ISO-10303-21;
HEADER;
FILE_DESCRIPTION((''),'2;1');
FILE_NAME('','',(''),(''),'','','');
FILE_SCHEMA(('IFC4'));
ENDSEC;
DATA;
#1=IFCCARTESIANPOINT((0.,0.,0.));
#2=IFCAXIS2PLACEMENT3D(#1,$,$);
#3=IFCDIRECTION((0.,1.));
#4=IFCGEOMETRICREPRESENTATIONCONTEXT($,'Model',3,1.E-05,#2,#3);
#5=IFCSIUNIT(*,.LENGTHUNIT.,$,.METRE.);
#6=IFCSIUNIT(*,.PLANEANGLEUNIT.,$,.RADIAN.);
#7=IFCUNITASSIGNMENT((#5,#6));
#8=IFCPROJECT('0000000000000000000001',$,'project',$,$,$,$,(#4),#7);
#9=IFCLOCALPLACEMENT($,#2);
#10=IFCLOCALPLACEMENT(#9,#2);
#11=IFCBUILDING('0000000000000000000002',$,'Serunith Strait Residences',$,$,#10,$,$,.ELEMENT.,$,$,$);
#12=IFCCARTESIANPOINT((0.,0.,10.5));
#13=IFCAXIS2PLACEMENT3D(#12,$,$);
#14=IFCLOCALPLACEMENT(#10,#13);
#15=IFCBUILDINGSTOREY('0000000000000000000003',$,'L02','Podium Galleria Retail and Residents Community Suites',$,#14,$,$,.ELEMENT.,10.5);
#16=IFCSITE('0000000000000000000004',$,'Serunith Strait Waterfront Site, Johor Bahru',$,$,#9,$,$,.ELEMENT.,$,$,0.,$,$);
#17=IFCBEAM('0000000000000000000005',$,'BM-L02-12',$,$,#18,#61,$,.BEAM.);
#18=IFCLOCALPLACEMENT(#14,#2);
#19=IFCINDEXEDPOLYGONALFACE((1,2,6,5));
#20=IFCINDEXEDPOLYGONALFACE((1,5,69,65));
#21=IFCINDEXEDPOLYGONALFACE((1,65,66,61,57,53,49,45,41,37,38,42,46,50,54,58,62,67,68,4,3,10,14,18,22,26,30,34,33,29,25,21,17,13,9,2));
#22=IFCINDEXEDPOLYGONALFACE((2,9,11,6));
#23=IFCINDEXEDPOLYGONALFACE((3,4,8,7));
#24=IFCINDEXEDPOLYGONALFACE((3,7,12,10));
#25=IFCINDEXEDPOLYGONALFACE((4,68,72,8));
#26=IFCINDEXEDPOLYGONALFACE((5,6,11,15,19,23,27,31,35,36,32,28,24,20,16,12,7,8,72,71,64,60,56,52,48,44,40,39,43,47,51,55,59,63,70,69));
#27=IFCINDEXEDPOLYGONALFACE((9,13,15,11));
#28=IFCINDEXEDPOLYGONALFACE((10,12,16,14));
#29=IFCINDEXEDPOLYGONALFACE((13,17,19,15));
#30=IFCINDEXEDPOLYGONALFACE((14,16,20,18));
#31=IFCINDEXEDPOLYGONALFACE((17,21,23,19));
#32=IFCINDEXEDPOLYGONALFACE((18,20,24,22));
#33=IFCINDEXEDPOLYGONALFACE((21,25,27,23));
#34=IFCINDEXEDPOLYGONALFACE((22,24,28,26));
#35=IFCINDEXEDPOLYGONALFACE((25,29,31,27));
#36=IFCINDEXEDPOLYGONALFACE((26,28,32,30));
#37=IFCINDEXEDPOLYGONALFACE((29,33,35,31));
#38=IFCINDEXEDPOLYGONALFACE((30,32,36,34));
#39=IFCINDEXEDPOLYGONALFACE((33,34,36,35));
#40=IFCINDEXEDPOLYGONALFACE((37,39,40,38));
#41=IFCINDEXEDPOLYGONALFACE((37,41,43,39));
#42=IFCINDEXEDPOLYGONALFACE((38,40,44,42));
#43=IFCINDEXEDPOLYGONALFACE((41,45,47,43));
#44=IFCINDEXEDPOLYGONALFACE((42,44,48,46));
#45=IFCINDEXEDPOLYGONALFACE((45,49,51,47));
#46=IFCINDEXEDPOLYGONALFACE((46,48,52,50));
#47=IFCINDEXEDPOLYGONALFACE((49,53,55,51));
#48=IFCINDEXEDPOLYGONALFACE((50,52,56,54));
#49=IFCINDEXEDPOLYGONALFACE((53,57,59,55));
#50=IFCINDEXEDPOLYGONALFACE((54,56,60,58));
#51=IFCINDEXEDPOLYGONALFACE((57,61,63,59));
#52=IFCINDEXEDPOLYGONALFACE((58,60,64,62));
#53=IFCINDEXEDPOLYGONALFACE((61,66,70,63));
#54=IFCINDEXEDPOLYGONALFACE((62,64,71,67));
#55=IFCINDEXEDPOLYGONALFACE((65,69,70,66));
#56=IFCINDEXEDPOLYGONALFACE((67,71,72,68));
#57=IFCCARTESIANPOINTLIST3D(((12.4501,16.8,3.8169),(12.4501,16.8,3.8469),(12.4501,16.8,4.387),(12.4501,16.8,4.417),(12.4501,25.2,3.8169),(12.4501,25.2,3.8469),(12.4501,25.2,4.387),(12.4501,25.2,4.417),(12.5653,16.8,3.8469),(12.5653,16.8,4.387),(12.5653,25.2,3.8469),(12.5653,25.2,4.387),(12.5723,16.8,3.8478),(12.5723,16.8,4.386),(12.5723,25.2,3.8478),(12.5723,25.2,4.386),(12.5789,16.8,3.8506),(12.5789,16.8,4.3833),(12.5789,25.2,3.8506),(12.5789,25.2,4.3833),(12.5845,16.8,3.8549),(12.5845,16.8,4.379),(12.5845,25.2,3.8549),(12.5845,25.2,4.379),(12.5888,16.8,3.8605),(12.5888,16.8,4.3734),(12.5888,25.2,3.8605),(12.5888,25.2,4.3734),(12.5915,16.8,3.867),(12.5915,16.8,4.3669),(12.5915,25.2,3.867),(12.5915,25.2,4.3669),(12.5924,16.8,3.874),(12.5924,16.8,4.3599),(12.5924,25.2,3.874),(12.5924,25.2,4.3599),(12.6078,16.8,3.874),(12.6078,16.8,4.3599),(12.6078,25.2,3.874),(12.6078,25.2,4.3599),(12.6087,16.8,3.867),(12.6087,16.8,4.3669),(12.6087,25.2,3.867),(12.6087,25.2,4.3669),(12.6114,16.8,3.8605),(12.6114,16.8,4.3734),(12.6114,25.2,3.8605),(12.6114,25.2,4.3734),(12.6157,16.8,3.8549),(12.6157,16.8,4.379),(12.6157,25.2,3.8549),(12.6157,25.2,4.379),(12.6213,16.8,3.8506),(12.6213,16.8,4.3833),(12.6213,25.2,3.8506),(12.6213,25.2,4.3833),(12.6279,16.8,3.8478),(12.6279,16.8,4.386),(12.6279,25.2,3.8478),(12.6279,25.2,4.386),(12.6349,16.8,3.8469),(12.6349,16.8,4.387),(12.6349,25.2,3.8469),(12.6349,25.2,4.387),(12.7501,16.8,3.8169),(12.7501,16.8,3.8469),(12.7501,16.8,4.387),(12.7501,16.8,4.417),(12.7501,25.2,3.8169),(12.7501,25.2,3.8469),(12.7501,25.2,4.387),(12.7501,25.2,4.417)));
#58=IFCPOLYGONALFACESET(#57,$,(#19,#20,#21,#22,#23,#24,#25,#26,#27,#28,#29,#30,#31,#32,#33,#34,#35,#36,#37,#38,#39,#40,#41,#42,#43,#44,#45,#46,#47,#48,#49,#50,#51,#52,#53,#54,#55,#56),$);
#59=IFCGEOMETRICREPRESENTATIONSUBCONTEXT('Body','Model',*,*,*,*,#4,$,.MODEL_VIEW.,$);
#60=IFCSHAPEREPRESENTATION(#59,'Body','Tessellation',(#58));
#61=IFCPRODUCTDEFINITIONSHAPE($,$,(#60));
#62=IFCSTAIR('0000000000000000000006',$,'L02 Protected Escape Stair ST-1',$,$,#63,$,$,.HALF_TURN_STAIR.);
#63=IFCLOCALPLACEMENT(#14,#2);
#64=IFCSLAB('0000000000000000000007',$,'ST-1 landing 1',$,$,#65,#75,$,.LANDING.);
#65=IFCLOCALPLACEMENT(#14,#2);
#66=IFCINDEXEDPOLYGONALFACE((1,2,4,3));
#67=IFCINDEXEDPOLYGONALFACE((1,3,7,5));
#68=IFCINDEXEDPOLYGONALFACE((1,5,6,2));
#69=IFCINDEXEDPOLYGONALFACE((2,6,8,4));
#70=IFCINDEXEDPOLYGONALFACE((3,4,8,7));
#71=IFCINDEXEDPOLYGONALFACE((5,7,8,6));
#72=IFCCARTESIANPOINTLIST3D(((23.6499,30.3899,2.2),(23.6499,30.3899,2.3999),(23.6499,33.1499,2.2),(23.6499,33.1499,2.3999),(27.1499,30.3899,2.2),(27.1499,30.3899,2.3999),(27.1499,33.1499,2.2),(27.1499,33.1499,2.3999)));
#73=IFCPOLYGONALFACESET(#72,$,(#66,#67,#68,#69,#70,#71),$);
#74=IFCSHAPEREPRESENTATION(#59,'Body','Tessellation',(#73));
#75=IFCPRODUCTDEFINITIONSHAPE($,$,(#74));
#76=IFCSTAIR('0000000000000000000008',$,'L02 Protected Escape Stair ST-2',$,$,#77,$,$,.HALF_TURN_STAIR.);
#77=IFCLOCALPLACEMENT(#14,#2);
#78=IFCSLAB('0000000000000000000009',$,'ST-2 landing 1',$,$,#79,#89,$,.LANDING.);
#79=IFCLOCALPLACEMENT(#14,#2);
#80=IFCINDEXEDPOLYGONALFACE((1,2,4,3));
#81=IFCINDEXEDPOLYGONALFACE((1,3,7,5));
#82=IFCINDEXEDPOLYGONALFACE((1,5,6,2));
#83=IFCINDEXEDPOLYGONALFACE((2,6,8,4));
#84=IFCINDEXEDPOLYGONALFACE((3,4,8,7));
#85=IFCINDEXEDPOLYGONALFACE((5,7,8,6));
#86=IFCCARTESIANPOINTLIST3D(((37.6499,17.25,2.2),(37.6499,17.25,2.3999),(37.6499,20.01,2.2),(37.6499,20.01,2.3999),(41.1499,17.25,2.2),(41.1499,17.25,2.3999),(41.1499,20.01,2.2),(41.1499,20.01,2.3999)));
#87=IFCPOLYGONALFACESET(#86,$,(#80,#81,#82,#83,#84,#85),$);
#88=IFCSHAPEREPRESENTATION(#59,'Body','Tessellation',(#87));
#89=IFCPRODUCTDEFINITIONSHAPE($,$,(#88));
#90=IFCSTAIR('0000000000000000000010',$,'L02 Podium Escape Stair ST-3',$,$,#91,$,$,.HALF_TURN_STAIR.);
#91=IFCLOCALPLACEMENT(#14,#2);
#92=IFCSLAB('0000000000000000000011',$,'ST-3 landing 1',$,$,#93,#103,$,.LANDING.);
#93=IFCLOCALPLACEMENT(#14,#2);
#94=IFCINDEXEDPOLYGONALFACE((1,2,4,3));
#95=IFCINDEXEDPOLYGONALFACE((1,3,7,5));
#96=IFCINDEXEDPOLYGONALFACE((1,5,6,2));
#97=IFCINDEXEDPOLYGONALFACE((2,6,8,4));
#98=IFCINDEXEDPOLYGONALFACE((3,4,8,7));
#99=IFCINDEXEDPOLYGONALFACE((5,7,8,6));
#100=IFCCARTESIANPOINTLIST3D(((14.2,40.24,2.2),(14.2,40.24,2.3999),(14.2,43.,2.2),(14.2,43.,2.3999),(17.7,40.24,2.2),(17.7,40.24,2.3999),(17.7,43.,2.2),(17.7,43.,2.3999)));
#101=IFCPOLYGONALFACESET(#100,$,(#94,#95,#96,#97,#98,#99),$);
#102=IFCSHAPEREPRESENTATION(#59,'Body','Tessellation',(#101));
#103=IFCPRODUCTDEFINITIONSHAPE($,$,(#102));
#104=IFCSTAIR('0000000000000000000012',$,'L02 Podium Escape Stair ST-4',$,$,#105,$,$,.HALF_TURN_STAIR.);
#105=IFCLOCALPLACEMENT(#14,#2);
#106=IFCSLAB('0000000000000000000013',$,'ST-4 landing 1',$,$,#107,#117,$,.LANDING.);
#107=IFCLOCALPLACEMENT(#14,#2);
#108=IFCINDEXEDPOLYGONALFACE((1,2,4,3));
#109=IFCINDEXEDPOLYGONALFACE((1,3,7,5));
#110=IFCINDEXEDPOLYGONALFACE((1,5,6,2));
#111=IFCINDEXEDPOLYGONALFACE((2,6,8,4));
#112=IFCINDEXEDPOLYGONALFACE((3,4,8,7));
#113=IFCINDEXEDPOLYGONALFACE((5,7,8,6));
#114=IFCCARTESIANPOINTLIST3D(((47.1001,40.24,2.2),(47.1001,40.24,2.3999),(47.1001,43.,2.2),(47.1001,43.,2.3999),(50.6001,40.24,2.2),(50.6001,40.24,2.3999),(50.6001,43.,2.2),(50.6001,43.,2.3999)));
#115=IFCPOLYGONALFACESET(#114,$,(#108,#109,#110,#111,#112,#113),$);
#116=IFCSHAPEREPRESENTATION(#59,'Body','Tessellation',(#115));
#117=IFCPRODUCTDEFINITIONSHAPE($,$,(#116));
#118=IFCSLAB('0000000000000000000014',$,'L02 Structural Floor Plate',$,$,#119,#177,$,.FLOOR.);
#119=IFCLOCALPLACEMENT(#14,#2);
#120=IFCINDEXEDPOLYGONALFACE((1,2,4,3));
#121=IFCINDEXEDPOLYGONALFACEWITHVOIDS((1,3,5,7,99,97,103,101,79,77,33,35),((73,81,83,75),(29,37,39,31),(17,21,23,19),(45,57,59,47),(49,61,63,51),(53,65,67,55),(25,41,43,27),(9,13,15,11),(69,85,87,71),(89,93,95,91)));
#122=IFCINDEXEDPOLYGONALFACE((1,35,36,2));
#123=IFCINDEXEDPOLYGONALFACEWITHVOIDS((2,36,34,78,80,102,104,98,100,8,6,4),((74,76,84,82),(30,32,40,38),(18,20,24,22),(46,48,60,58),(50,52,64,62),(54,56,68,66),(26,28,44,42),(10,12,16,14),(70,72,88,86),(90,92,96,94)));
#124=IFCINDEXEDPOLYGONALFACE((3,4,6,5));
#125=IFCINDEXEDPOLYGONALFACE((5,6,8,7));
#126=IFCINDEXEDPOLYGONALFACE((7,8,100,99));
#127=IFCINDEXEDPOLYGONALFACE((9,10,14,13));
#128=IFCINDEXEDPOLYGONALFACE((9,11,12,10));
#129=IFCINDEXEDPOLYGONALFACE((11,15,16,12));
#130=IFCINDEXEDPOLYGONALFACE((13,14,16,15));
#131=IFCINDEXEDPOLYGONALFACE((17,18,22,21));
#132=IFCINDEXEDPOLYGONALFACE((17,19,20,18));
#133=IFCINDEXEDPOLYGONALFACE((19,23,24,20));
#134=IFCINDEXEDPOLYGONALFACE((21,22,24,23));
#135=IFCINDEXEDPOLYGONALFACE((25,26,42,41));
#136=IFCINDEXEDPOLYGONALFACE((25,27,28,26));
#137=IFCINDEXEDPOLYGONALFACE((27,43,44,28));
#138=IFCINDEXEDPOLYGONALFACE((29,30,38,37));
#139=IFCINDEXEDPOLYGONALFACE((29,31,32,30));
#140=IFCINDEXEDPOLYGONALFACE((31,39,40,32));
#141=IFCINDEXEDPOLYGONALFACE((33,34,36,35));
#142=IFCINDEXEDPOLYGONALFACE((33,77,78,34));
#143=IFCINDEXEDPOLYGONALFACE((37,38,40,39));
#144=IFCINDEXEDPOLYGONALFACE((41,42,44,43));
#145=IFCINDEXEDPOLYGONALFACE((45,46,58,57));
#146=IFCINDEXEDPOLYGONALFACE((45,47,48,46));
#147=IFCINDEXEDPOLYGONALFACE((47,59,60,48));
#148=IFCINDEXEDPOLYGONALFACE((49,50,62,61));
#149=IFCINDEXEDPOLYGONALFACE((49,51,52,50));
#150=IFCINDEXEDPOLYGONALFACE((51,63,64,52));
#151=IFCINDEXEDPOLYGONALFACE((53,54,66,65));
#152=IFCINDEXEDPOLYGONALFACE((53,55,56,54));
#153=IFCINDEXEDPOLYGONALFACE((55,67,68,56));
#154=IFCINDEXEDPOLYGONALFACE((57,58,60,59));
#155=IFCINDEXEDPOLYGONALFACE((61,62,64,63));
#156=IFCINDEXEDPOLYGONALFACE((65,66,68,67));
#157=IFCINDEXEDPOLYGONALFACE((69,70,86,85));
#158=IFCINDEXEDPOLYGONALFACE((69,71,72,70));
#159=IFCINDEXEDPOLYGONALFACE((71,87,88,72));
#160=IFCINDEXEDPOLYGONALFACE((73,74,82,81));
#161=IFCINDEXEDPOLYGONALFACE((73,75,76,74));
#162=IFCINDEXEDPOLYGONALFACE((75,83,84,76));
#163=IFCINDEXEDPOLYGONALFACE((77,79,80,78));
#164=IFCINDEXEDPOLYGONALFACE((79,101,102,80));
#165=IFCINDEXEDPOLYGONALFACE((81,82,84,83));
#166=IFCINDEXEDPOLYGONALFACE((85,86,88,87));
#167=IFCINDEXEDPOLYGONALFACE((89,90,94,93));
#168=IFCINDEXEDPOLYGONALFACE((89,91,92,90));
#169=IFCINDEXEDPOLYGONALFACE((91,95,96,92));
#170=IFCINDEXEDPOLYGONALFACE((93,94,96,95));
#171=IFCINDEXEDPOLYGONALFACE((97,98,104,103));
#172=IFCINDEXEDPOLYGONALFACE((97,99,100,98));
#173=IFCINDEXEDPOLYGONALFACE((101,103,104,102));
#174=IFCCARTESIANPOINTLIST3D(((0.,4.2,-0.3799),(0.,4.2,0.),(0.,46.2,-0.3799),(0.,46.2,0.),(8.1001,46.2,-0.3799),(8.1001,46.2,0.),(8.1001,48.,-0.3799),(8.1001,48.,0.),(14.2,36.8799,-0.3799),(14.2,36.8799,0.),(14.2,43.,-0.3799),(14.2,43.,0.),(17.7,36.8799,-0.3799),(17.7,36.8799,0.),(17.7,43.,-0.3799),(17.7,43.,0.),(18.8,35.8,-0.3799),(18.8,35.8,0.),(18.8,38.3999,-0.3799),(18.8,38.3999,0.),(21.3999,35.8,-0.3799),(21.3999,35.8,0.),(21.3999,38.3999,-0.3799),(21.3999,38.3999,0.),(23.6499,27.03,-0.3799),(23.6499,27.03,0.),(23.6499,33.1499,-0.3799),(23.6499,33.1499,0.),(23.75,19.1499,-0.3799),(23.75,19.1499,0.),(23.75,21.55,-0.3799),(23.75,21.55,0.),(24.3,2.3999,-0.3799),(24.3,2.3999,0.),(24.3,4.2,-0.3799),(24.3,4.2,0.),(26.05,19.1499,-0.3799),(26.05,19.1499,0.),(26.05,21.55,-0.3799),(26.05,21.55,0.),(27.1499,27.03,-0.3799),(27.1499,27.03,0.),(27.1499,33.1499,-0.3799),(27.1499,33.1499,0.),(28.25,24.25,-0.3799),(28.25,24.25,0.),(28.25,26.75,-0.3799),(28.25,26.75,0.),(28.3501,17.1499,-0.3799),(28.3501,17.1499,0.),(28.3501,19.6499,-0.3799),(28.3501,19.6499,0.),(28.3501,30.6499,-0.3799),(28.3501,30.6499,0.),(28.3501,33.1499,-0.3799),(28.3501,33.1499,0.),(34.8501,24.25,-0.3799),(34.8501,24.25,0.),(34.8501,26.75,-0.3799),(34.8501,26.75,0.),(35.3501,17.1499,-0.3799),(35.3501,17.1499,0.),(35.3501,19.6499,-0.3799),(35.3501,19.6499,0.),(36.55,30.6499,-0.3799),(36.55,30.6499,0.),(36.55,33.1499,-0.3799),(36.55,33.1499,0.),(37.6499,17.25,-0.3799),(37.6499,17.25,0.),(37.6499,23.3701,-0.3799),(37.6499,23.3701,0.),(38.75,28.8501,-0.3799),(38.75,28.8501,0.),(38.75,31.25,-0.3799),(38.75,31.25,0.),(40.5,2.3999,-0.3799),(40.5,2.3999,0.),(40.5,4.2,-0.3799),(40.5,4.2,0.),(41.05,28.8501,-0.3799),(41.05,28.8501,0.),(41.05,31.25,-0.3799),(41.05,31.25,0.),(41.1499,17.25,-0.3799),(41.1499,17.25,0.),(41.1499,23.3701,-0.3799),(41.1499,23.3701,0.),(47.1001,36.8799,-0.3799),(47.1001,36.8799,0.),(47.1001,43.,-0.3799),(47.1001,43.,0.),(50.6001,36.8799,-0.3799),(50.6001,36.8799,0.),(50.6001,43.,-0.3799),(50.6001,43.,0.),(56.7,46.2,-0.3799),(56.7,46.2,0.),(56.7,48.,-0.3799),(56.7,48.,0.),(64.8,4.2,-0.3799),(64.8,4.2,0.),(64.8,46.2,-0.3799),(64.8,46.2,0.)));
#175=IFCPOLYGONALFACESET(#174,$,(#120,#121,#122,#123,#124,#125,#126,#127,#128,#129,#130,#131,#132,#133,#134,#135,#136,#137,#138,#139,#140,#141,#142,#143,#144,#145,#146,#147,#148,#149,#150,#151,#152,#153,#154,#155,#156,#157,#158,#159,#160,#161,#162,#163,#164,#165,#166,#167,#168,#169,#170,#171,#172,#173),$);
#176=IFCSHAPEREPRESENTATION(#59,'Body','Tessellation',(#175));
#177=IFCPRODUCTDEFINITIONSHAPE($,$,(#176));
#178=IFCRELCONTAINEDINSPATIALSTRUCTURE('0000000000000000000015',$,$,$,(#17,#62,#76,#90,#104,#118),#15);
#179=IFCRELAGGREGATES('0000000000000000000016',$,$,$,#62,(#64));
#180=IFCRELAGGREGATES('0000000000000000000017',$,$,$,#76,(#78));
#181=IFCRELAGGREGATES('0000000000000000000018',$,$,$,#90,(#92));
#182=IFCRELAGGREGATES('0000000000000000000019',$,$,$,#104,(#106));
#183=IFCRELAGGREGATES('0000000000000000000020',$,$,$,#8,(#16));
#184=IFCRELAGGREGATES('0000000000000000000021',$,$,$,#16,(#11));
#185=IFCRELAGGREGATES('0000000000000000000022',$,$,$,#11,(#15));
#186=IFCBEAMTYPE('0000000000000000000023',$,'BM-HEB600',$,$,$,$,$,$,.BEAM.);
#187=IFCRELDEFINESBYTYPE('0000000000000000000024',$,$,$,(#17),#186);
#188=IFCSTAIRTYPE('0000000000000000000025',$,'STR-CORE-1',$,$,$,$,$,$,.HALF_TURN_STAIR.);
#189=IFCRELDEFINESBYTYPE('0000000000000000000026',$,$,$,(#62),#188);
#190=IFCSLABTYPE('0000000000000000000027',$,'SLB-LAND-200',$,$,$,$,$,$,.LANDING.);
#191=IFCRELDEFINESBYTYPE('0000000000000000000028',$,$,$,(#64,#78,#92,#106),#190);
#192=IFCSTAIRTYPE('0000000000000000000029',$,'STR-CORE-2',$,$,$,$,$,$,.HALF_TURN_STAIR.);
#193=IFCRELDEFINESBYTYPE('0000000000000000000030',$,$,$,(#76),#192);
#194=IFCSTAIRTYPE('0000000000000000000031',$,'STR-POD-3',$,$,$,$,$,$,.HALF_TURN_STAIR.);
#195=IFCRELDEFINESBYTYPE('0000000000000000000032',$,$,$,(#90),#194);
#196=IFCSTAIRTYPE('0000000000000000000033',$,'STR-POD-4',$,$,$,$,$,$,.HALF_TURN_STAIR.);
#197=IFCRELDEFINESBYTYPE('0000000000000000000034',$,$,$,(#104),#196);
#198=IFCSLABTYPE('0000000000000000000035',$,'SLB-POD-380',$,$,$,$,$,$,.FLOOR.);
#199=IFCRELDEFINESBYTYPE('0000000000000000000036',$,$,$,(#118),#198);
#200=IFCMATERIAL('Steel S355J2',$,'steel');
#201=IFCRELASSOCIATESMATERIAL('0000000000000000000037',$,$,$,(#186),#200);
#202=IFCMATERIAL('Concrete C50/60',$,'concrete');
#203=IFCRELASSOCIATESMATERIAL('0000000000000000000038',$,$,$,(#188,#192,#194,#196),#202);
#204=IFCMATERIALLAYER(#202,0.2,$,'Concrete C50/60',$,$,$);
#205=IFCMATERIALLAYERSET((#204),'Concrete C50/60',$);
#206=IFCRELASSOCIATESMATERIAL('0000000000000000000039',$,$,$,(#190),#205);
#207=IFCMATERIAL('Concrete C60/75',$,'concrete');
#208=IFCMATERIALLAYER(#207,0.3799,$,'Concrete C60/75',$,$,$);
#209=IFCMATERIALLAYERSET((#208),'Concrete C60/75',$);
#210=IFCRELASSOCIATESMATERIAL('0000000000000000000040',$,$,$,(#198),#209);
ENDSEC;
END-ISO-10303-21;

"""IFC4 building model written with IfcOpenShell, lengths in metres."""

from ifc_helpers import new_model, si_unit, direction, frame, origin, origin_2d, place, context, subcontext, project, spatial, polyline, i_section, outline, extrude, source, transform, mapped, material, layer, layer_set, material_profile, profile_set, type_object, element, aggregate, save


model = new_model("IFC4")

# Units and contexts
model_context = context("Model", 3, precision=1e-05, world=origin(), true_north=direction((0.0, 1.0)))
body_context = subcontext(model_context, "Body", "Model", "MODEL_VIEW")
ifc_project = project(units=[si_unit("LENGTHUNIT", "METRE"), si_unit("PLANEANGLEUNIT", "RADIAN")], contexts=[model_context])

# Site, building, storey
site_placement = place(None, origin())
site = spatial("IfcSite", under=ifc_project, at=site_placement, Name="Serunith Strait Waterfront Site, Johor Bahru", CompositionType="ELEMENT", RefElevation=0.0)
building_placement = place(site_placement, origin())
building = spatial("IfcBuilding", under=site, at=building_placement, Name="Serunith Strait Residences", CompositionType="ELEMENT")
storey_placement = place(building_placement, frame((0.0, 0.0, 10.5)))
storey = spatial("IfcBuildingStorey", under=building, at=storey_placement, Name="L02", Description="Podium Galleria Retail and Residents Community Suites", CompositionType="ELEMENT", Elevation=10.5)

# Beam
ifc_material_1 = material(Name="Steel S355J2", Category="steel")
ifc_material_profile_1 = material_profile(ifc_material_1, i_section(OverallWidth=0.3, OverallDepth=0.6001, WebThickness=0.0154, FlangeThickness=0.03, FilletRadius=0.0271, at=origin_2d()), Name="HEB 600")
ifc_profile_set_1 = profile_set([ifc_material_profile_1], Name="Steel S355J2")
beam_type_1 = type_object("IfcBeamType", Name="BM-HEB600", PredefinedType="BEAM", material=ifc_profile_set_1)
shared_shape_1 = source(origin(), body_context, "Body", "SweptSolid", [
    extrude(i_section(OverallWidth=0.3, OverallDepth=0.6001, WebThickness=0.0154, FlangeThickness=0.03, FilletRadius=0.0271, at=origin_2d()), origin(), (0.0, 0.0, 1.0), 8.3999),
])
beam_1_placement = place(storey_placement, frame((12.6001, 16.8, 4.1169), z_axis=(0.0, 1.0, 0.0), x_axis=(-1.0, 0.0, 0.0)))
element("IfcBeam", 1, at=beam_1_placement, inside=storey, type_object=beam_type_1, Name="BM-L02-12", PredefinedType="BEAM", context=body_context, shape_type="MappedRepresentation", body=[
    mapped(shared_shape_1, transform((0.0, 0.0, 0.0), scale=1.0)),
])

# Stairs, slabs
ifc_material_2 = material(Name="Concrete C50/60", Category="concrete")
stair_type_1 = type_object("IfcStairType", Name="STR-CORE-1", PredefinedType="HALF_TURN_STAIR", material=ifc_material_2)
stair_1_placement = place(storey_placement, origin())
stair_1 = element("IfcStair", 2, at=stair_1_placement, inside=storey, type_object=stair_type_1, Name="L02 Protected Escape Stair ST-1", PredefinedType="HALF_TURN_STAIR")
ifc_layer_1 = layer(ifc_material_2, 0.2, Name="Concrete C50/60")
ifc_layer_set_1 = layer_set([ifc_layer_1], Name="Concrete C50/60")
slab_type_1 = type_object("IfcSlabType", Name="SLB-LAND-200", PredefinedType="LANDING", material=ifc_layer_set_1)
slab_1_placement = place(storey_placement, frame((0.0, 0.0, 2.2)))
slab_1 = element("IfcSlab", 3, at=slab_1_placement, type_object=slab_type_1, Name="ST-1 landing 1", PredefinedType="LANDING", context=body_context, shape_type="SweptSolid", body=[
    extrude(outline(polyline([(27.1499, 30.3899), (27.1499, 33.1499), (23.6499, 33.1499), (23.6499, 30.3899), (27.1499, 30.3899)])), origin(), (0.0, 0.0, 1.0), 0.2),
])
aggregate(stair_1, [slab_1])
stair_type_2 = type_object("IfcStairType", Name="STR-CORE-2", PredefinedType="HALF_TURN_STAIR", material=ifc_material_2)
stair_2_placement = place(storey_placement, origin())
stair_2 = element("IfcStair", 4, at=stair_2_placement, inside=storey, type_object=stair_type_2, Name="L02 Protected Escape Stair ST-2", PredefinedType="HALF_TURN_STAIR")
slab_2_placement = place(storey_placement, frame((0.0, 0.0, 2.2)))
slab_2 = element("IfcSlab", 5, at=slab_2_placement, type_object=slab_type_1, Name="ST-2 landing 1", PredefinedType="LANDING", context=body_context, shape_type="SweptSolid", body=[
    extrude(outline(polyline([(37.6499, 20.01), (37.6499, 17.25), (41.1499, 17.25), (41.1499, 20.01), (37.6499, 20.01)])), origin(), (0.0, 0.0, 1.0), 0.2),
])
aggregate(stair_2, [slab_2])
stair_type_3 = type_object("IfcStairType", Name="STR-POD-3", PredefinedType="HALF_TURN_STAIR", material=ifc_material_2)
stair_3_placement = place(storey_placement, origin())
stair_3 = element("IfcStair", 6, at=stair_3_placement, inside=storey, type_object=stair_type_3, Name="L02 Podium Escape Stair ST-3", PredefinedType="HALF_TURN_STAIR")
slab_3_placement = place(storey_placement, frame((0.0, 0.0, 2.2)))
slab_3 = element("IfcSlab", 7, at=slab_3_placement, type_object=slab_type_1, Name="ST-3 landing 1", PredefinedType="LANDING", context=body_context, shape_type="SweptSolid", body=[
    extrude(outline(polyline([(17.7, 40.24), (17.7, 43.0), (14.2, 43.0), (14.2, 40.24), (17.7, 40.24)])), origin(), (0.0, 0.0, 1.0), 0.2),
])
aggregate(stair_3, [slab_3])
stair_type_4 = type_object("IfcStairType", Name="STR-POD-4", PredefinedType="HALF_TURN_STAIR", material=ifc_material_2)
stair_4_placement = place(storey_placement, origin())
stair_4 = element("IfcStair", 8, at=stair_4_placement, inside=storey, type_object=stair_type_4, Name="L02 Podium Escape Stair ST-4", PredefinedType="HALF_TURN_STAIR")
slab_4_placement = place(storey_placement, frame((0.0, 0.0, 2.2)))
slab_4 = element("IfcSlab", 9, at=slab_4_placement, type_object=slab_type_1, Name="ST-4 landing 1", PredefinedType="LANDING", context=body_context, shape_type="SweptSolid", body=[
    extrude(outline(polyline([(50.6001, 40.24), (50.6001, 43.0), (47.1001, 43.0), (47.1001, 40.24), (50.6001, 40.24)])), origin(), (0.0, 0.0, 1.0), 0.2),
])
aggregate(stair_4, [slab_4])

# Slab
ifc_material_3 = material(Name="Concrete C60/75", Category="concrete")
ifc_layer_2 = layer(ifc_material_3, 0.3799, Name="Concrete C60/75")
ifc_layer_set_2 = layer_set([ifc_layer_2], Name="Concrete C60/75")
slab_type_2 = type_object("IfcSlabType", Name="SLB-POD-380", PredefinedType="FLOOR", material=ifc_layer_set_2)
slab_5_placement = place(storey_placement, frame((0.0, 0.0, -0.3799)))
element("IfcSlab", 10, at=slab_5_placement, inside=storey, type_object=slab_type_2, Name="L02 Structural Floor Plate", PredefinedType="FLOOR", context=body_context, shape_type="SweptSolid", body=[
    extrude(outline(polyline([(0.0, 46.2), (8.1001, 46.2), (8.1001, 48.0), (56.7, 48.0), (56.7, 46.2), (64.8, 46.2), (64.8, 4.2), (40.5, 4.2), (40.5, 2.3999), (24.3, 2.3999), (24.3, 4.2), (0.0, 4.2), (0.0, 46.2)]), holes=[polyline([(50.6001, 43.0), (47.1001, 43.0), (47.1001, 36.8799), (50.6001, 36.8799), (50.6001, 43.0)]), polyline([(41.1499, 17.25), (41.1499, 23.3701), (37.6499, 23.3701), (37.6499, 17.25), (41.1499, 17.25)]), polyline([(41.05, 28.8501), (41.05, 31.25), (38.75, 31.25), (38.75, 28.8501), (41.05, 28.8501)]), polyline([(36.55, 33.1499), (28.3501, 33.1499), (28.3501, 30.6499), (36.55, 30.6499), (36.55, 33.1499)]), polyline([(35.3501, 19.6499), (28.3501, 19.6499), (28.3501, 17.1499), (35.3501, 17.1499), (35.3501, 19.6499)]), polyline([(34.8501, 24.25), (34.8501, 26.75), (28.25, 26.75), (28.25, 24.25), (34.8501, 24.25)]), polyline([(23.6499, 33.1499), (23.6499, 27.03), (27.1499, 27.03), (27.1499, 33.1499), (23.6499, 33.1499)]), polyline([(26.05, 21.55), (23.75, 21.55), (23.75, 19.1499), (26.05, 19.1499), (26.05, 21.55)]), polyline([(21.3999, 38.3999), (18.8, 38.3999), (18.8, 35.8), (21.3999, 35.8), (21.3999, 38.3999)]), polyline([(17.7, 43.0), (14.2, 43.0), (14.2, 36.8799), (17.7, 36.8799), (17.7, 43.0)])]), origin(), (0.0, 0.0, 1.0), 0.3799),
])

save(model, "model.ifc")
